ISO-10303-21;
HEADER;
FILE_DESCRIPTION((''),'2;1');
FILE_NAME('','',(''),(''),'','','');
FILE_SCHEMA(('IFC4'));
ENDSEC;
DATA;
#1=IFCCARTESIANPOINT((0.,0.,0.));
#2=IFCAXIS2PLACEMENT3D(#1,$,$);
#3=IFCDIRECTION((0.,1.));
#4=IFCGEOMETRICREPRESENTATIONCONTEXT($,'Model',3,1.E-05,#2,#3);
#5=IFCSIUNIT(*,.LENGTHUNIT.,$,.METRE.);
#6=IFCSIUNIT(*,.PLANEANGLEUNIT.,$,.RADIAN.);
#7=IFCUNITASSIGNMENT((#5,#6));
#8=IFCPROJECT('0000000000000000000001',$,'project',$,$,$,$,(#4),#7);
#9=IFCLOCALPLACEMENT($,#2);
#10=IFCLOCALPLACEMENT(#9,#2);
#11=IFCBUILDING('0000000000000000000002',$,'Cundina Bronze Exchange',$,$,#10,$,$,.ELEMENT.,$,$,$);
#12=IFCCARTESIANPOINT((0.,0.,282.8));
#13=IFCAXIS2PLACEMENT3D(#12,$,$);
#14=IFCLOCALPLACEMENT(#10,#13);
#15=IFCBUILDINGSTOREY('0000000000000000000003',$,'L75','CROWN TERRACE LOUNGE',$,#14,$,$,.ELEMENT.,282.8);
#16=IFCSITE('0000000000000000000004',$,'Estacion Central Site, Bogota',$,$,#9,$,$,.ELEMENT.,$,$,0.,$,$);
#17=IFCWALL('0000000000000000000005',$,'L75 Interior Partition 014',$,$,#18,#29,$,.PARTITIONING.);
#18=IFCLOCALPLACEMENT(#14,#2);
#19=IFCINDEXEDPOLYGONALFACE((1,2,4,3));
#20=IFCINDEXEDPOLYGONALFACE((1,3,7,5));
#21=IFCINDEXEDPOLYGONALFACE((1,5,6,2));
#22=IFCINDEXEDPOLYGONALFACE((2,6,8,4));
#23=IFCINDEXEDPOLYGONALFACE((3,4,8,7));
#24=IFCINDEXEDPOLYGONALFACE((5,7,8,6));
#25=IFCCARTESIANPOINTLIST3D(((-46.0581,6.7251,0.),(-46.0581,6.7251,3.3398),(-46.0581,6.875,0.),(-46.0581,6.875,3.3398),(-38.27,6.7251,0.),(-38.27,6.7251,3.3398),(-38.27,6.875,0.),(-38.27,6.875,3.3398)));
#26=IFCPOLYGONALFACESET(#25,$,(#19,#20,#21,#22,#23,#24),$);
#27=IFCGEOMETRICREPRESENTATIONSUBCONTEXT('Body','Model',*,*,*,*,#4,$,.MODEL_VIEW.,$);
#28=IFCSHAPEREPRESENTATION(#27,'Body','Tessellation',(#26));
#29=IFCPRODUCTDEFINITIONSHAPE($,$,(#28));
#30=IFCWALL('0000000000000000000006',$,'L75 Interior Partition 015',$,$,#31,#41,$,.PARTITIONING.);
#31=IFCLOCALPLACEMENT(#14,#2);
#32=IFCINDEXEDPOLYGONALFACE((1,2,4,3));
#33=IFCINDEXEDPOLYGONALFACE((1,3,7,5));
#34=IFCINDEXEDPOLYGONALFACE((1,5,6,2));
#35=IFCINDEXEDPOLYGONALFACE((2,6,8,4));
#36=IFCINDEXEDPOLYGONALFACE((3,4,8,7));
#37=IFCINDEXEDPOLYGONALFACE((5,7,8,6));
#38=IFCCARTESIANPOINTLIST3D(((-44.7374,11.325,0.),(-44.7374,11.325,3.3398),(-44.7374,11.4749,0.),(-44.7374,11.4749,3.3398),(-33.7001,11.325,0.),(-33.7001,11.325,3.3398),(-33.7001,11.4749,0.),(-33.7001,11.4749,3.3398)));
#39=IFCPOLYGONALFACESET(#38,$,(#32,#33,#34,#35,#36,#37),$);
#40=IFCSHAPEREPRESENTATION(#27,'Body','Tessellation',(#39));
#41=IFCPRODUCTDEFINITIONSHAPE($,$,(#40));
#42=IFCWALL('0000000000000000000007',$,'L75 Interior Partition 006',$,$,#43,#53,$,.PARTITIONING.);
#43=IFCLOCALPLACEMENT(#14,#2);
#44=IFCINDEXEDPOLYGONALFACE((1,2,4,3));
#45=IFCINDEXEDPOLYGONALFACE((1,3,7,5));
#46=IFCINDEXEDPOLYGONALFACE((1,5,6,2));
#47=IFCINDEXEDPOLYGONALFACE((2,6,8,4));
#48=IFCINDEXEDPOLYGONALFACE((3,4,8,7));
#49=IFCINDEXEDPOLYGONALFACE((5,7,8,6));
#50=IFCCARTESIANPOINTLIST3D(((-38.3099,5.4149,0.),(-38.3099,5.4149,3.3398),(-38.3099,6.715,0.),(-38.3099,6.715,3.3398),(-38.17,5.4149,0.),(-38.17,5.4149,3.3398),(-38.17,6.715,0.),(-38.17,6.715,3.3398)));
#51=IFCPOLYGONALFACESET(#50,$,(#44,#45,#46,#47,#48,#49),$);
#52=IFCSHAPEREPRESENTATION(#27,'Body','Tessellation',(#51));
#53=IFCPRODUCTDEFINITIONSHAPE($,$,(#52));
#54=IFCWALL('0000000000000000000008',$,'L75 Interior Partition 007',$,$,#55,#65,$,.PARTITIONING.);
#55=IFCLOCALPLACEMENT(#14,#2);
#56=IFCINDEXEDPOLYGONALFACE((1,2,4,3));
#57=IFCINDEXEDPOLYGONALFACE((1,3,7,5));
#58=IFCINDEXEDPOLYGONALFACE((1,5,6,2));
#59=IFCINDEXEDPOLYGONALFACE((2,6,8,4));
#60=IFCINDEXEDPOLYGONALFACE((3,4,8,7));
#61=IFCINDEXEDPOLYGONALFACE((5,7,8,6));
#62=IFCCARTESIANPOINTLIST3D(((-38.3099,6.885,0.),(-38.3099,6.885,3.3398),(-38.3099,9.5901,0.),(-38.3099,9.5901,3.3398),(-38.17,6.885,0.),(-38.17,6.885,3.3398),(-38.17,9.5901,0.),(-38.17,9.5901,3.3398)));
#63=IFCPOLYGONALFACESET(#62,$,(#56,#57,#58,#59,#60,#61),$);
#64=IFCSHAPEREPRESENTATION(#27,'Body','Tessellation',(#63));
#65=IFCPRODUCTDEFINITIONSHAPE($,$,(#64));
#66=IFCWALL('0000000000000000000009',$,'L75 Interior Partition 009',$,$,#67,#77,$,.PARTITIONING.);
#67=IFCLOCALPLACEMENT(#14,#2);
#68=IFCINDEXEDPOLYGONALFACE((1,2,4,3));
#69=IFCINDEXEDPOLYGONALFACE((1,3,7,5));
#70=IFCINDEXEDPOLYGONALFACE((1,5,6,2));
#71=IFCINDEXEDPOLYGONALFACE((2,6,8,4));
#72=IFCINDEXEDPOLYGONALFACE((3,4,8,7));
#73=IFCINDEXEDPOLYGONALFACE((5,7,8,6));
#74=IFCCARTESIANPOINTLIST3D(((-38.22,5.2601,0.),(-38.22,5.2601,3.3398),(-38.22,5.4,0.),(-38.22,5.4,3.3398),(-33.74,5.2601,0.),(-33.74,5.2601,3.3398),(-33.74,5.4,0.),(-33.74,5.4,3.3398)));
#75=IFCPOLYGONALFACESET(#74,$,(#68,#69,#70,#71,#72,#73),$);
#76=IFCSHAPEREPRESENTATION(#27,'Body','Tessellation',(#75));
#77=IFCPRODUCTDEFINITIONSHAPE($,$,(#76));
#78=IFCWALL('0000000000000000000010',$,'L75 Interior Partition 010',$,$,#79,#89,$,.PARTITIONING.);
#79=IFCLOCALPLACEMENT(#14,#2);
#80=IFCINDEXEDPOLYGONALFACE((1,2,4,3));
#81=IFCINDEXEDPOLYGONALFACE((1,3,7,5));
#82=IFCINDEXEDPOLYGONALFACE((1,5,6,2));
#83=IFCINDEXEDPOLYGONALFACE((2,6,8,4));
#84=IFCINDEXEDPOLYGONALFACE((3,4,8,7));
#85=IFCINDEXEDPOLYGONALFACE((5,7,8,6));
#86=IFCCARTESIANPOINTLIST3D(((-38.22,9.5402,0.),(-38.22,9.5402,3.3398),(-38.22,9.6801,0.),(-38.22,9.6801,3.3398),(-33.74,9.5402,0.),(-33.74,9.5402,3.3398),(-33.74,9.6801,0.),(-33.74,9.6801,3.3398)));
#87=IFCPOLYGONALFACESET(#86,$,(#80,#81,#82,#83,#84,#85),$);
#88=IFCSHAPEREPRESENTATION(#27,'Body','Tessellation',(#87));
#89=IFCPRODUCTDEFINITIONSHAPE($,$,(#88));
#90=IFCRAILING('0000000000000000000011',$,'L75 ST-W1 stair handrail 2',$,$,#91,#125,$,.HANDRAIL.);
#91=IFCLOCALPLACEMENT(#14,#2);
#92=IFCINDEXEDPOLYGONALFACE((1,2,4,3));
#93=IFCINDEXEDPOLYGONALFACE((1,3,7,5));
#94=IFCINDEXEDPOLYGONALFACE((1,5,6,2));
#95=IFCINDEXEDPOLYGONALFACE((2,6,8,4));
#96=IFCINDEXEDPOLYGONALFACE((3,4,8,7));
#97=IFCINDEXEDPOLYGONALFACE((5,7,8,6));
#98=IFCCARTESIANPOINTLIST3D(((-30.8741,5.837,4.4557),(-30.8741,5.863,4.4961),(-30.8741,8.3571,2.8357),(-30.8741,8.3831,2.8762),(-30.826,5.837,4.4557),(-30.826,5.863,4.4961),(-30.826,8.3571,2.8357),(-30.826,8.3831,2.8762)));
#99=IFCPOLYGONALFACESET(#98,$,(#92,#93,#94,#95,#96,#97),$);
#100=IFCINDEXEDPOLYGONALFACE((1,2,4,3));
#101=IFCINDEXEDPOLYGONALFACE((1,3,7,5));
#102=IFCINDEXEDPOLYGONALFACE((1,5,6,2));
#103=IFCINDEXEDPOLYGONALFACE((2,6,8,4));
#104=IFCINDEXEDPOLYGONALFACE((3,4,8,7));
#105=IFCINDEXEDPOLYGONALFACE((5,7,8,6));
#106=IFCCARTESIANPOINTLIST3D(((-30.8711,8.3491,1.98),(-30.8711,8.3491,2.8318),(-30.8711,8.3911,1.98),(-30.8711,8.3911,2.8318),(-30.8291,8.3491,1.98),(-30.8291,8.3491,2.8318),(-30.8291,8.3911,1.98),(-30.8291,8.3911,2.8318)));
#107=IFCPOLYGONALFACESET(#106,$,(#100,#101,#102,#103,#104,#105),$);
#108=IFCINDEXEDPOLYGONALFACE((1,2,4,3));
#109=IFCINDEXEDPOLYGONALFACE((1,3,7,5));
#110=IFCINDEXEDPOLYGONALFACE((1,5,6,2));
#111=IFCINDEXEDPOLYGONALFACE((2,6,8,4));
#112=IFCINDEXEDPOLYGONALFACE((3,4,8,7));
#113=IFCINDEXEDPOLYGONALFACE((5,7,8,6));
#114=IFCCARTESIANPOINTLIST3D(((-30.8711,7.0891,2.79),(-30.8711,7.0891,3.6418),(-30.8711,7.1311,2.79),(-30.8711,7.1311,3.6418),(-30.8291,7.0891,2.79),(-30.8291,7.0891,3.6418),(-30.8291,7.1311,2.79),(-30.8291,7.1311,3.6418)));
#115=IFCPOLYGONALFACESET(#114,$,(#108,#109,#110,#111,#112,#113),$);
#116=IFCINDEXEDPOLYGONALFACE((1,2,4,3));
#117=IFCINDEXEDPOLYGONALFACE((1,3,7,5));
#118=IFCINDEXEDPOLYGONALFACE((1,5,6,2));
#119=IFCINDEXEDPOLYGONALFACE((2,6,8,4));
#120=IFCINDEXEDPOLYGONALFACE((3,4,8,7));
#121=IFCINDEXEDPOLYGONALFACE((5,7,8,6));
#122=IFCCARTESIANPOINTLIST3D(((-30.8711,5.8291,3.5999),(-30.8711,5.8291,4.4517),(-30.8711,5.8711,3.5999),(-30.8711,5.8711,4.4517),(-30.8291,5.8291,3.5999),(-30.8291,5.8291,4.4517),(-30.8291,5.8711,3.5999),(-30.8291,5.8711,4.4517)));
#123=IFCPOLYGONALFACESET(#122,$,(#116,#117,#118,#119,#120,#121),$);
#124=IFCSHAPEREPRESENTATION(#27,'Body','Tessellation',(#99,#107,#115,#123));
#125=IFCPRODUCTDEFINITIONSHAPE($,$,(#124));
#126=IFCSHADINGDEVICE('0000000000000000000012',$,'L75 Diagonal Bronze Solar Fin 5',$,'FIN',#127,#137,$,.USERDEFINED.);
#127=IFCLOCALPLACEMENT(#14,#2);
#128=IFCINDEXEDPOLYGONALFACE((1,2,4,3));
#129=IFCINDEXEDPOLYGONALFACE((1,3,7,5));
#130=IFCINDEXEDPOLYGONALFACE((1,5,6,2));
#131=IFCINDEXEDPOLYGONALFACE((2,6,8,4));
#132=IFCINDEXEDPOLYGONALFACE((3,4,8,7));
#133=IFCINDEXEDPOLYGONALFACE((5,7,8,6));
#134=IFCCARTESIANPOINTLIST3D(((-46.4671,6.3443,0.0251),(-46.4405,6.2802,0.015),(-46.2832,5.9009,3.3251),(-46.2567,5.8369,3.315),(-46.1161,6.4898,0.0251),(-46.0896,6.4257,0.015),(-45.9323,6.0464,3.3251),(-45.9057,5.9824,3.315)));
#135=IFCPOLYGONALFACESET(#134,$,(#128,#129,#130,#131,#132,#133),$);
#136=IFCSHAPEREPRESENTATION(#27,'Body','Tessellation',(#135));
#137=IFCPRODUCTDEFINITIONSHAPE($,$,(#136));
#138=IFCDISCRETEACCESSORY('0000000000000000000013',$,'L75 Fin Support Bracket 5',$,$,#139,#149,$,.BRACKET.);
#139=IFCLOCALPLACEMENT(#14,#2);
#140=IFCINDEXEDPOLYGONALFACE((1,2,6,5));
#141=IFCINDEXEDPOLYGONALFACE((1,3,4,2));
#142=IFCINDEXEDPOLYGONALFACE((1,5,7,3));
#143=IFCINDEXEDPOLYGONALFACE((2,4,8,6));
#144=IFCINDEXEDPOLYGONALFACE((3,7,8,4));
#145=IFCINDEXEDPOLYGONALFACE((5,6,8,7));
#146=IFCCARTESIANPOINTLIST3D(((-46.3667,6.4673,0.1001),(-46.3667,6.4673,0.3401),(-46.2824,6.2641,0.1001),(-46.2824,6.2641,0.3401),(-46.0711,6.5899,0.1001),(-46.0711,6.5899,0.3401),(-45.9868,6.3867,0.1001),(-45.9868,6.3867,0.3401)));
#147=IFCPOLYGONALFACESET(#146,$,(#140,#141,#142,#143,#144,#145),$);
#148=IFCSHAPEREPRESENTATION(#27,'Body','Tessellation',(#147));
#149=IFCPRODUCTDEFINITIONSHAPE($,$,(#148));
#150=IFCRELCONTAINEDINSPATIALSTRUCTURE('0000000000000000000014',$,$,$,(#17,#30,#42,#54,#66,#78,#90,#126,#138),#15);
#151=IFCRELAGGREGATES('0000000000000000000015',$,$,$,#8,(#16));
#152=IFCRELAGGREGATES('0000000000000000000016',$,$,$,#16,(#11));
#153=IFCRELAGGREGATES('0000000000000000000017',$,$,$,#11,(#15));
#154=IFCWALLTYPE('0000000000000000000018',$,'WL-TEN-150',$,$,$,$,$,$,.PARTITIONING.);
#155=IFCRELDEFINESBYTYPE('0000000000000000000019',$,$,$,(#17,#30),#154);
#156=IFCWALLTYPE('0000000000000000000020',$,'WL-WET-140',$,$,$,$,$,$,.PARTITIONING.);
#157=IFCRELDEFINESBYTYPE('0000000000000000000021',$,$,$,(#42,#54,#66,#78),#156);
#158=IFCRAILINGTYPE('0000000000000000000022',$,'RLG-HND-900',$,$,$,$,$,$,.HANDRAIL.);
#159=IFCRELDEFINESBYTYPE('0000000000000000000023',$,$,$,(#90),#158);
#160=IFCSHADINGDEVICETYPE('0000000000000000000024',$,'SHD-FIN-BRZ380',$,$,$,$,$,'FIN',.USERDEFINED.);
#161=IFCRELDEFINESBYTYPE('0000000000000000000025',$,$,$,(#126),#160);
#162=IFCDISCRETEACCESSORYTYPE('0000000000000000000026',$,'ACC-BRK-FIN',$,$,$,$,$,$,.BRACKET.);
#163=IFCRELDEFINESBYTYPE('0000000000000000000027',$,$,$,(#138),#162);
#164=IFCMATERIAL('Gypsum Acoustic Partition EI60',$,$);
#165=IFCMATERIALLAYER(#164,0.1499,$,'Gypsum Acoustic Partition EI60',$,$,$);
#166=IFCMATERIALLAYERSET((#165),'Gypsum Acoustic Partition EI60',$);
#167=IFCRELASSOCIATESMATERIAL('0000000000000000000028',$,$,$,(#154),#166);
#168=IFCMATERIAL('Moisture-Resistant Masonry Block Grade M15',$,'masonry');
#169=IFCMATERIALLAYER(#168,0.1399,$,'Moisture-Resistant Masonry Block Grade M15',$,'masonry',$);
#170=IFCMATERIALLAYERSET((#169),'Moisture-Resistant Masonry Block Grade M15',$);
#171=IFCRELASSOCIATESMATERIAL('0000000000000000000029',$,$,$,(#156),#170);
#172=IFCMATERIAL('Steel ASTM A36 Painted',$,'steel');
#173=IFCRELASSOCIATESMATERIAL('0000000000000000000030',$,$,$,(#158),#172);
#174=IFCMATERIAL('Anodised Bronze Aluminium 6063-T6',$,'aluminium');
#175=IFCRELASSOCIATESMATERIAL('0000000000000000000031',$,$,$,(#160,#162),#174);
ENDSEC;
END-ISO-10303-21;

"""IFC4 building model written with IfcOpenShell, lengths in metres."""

from ifc_helpers import new_model, si_unit, direction, frame, frame_2d, origin, origin_2d, place, context, subcontext, project, spatial, rectangle, extrude, material, layer, layer_set, material_profile, profile_set, type_object, element, save


model = new_model("IFC4")

# Units and contexts
model_context = context("Model", 3, precision=1e-05, world=origin(), true_north=direction((0.0, 1.0)))
body_context = subcontext(model_context, "Body", "Model", "MODEL_VIEW")
ifc_project = project(units=[si_unit("LENGTHUNIT", "METRE"), si_unit("PLANEANGLEUNIT", "RADIAN")], contexts=[model_context])

# Site, building, storey
site_placement = place(None, origin())
site = spatial("IfcSite", under=ifc_project, at=site_placement, Name="Estacion Central Site, Bogota", CompositionType="ELEMENT", RefElevation=0.0)
building_placement = place(site_placement, origin())
building = spatial("IfcBuilding", under=site, at=building_placement, Name="Cundina Bronze Exchange", CompositionType="ELEMENT")
storey_placement = place(building_placement, frame((0.0, 0.0, 282.8)))
storey = spatial("IfcBuildingStorey", under=building, at=storey_placement, Name="L75", Description="CROWN TERRACE LOUNGE", CompositionType="ELEMENT", Elevation=282.8)

# Shared definitions
ifc_material_1 = material(Name="Anodised Bronze Aluminium 6063-T6", Category="aluminium")

# Shared definitions
ifc_material_2 = material(Name="Steel ASTM A36 Painted", Category="steel")

# Walls
ifc_material_3 = material(Name="Gypsum Acoustic Partition EI60")
ifc_layer_1 = layer(ifc_material_3, 0.1499, Name="Gypsum Acoustic Partition EI60")
ifc_layer_set_1 = layer_set([ifc_layer_1], Name="Gypsum Acoustic Partition EI60")
wall_type_1 = type_object("IfcWallType", Name="WL-TEN-150", PredefinedType="PARTITIONING", material=ifc_layer_set_1)
wall_1_placement = place(storey_placement, frame((-46.0581, 6.8, 0.0), z_axis=(0.0, 0.0, 1.0), x_axis=(1.0, 0.0, 0.0)))
element("IfcWall", 1, at=wall_1_placement, inside=storey, type_object=wall_type_1, Name="L75 Interior Partition 014", PredefinedType="PARTITIONING", context=body_context, shape_type="SweptSolid", body=[
    extrude(rectangle(XDim=7.7881, YDim=0.1499, at=frame_2d((3.894, 0.0))), origin(), (0.0, 0.0, 1.0), 3.3398),
])
wall_2_placement = place(storey_placement, frame((-44.7373, 11.3999, 0.0), z_axis=(0.0, 0.0, 1.0), x_axis=(1.0, 0.0, 0.0)))
element("IfcWall", 2, at=wall_2_placement, inside=storey, type_object=wall_type_1, Name="L75 Interior Partition 015", PredefinedType="PARTITIONING", context=body_context, shape_type="SweptSolid", body=[
    extrude(rectangle(XDim=11.0374, YDim=0.1499, at=frame_2d((5.5186, 0.0))), origin(), (0.0, 0.0, 1.0), 3.3398),
])
ifc_material_4 = material(Name="Moisture-Resistant Masonry Block Grade M15", Category="masonry")
ifc_layer_2 = layer(ifc_material_4, 0.1399, Name="Moisture-Resistant Masonry Block Grade M15", Category="masonry")
ifc_layer_set_2 = layer_set([ifc_layer_2], Name="Moisture-Resistant Masonry Block Grade M15")
wall_type_2 = type_object("IfcWallType", Name="WL-WET-140", PredefinedType="PARTITIONING", material=ifc_layer_set_2)
wall_3_placement = place(storey_placement, frame((-38.24, 5.415, 0.0), z_axis=(0.0, 0.0, 1.0), x_axis=(0.0, 1.0, 0.0)))
element("IfcWall", 3, at=wall_3_placement, inside=storey, type_object=wall_type_2, Name="L75 Interior Partition 006", PredefinedType="PARTITIONING", context=body_context, shape_type="SweptSolid", body=[
    extrude(rectangle(XDim=1.3, YDim=0.1399, at=frame_2d((0.6499, 0.0))), origin(), (0.0, 0.0, 1.0), 3.3398),
])
wall_4_placement = place(storey_placement, frame((-38.24, 6.885, 0.0), z_axis=(0.0, 0.0, 1.0), x_axis=(0.0, 1.0, 0.0)))
element("IfcWall", 4, at=wall_4_placement, inside=storey, type_object=wall_type_2, Name="L75 Interior Partition 007", PredefinedType="PARTITIONING", context=body_context, shape_type="SweptSolid", body=[
    extrude(rectangle(XDim=2.7051, YDim=0.1399, at=frame_2d((1.3525, 0.0))), origin(), (0.0, 0.0, 1.0), 3.3398),
])
for number, where, z_axis, x_axis, name in (
    (5, (-38.22, 5.3301, 0.0), (0.0, 0.0, 1.0), (1.0, 0.0, 0.0), "L75 Interior Partition 009"),
    (6, (-38.22, 9.6101, 0.0), (0.0, 0.0, 1.0), (1.0, 0.0, 0.0), "L75 Interior Partition 010"),
):
    element("IfcWall", number, at=place(storey_placement, frame(where, z_axis=z_axis, x_axis=x_axis)), inside=storey, type_object=wall_type_2, Name=name, PredefinedType="PARTITIONING", context=body_context, shape_type="SweptSolid", body=[
        extrude(rectangle(XDim=4.48, YDim=0.1399, at=frame_2d((2.24, 0.0))), origin(), (0.0, 0.0, 1.0), 3.3398),
    ])

# Railing
railing_type = type_object("IfcRailingType", Name="RLG-HND-900", PredefinedType="HANDRAIL", material=ifc_material_2)
railing_placement = place(storey_placement, frame((-30.8501, 8.3701, 1.98)))
element("IfcRailing", 7, at=railing_placement, inside=storey, type_object=railing_type, Name="L75 ST-W1 stair handrail 2", PredefinedType="HANDRAIL", context=body_context, shape_type="SweptSolid", body=[
    extrude(rectangle(XDim=0.0481, YDim=0.0481, at=origin_2d()), frame((0.0, 0.0, 0.876), z_axis=(0.0, -0.8412, 0.540725), x_axis=(1.0, 0.0, 0.0)), (0.0, 0.0, 1.0), 2.9958),
    extrude(rectangle(XDim=0.042, YDim=0.042, at=origin_2d()), origin(), (0.0, 0.0, 1.0), 0.8518),
    extrude(rectangle(XDim=0.042, YDim=0.042, at=origin_2d()), frame((0.0, -1.26, 0.8101)), (0.0, 0.0, 1.0), 0.8518),
    extrude(rectangle(XDim=0.042, YDim=0.042, at=origin_2d()), frame((0.0, -2.52, 1.6199)), (0.0, 0.0, 1.0), 0.8518),
])

# Shading device
ifc_material_profile_1 = material_profile(ifc_material_1, rectangle(XDim=0.0701, YDim=0.3799, at=origin_2d()), Name="FIN70X380", Category="aluminium")
ifc_profile_set_1 = profile_set([ifc_material_profile_1], Name="Anodised Bronze Aluminium 6063-T6")
shading_device_type = type_object("IfcShadingDeviceType", Name="SHD-FIN-BRZ380", ElementType="FIN", PredefinedType="USERDEFINED", material=ifc_profile_set_1)
shading_device_placement = place(storey_placement, frame((-46.2783, 6.385, 0.02), z_axis=(0.055128, -0.132951, 0.989588), x_axis=(-0.379038, 0.91412, 0.143927)))
element("IfcShadingDevice", 8, at=shading_device_placement, inside=storey, type_object=shading_device_type, Name="L75 Diagonal Bronze Solar Fin 5", ObjectType="FIN", PredefinedType="USERDEFINED", context=body_context, shape_type="SweptSolid", body=[
    extrude(rectangle(XDim=0.0701, YDim=0.3799, at=origin_2d()), origin(), (0.0, 0.0, 1.0), 3.3347),
])

# Discrete accessory
discrete_accessory_type = type_object("IfcDiscreteAccessoryType", Name="ACC-BRK-FIN", PredefinedType="BRACKET", material=ifc_material_1)
discrete_accessory_placement = place(storey_placement, frame((-46.1768, 6.427, 0.1001), z_axis=(0.0, 0.0, 1.0), x_axis=(0.383232, -0.923652, 0.0)))
element("IfcDiscreteAccessory", 9, at=discrete_accessory_placement, inside=storey, type_object=discrete_accessory_type, Name="L75 Fin Support Bracket 5", PredefinedType="BRACKET", context=body_context, shape_type="SweptSolid", body=[
    extrude(rectangle(XDim=0.22, YDim=0.3201, at=origin_2d()), origin(), (0.0, 0.0, 1.0), 0.24),
])

save(model, "model.ifc")
